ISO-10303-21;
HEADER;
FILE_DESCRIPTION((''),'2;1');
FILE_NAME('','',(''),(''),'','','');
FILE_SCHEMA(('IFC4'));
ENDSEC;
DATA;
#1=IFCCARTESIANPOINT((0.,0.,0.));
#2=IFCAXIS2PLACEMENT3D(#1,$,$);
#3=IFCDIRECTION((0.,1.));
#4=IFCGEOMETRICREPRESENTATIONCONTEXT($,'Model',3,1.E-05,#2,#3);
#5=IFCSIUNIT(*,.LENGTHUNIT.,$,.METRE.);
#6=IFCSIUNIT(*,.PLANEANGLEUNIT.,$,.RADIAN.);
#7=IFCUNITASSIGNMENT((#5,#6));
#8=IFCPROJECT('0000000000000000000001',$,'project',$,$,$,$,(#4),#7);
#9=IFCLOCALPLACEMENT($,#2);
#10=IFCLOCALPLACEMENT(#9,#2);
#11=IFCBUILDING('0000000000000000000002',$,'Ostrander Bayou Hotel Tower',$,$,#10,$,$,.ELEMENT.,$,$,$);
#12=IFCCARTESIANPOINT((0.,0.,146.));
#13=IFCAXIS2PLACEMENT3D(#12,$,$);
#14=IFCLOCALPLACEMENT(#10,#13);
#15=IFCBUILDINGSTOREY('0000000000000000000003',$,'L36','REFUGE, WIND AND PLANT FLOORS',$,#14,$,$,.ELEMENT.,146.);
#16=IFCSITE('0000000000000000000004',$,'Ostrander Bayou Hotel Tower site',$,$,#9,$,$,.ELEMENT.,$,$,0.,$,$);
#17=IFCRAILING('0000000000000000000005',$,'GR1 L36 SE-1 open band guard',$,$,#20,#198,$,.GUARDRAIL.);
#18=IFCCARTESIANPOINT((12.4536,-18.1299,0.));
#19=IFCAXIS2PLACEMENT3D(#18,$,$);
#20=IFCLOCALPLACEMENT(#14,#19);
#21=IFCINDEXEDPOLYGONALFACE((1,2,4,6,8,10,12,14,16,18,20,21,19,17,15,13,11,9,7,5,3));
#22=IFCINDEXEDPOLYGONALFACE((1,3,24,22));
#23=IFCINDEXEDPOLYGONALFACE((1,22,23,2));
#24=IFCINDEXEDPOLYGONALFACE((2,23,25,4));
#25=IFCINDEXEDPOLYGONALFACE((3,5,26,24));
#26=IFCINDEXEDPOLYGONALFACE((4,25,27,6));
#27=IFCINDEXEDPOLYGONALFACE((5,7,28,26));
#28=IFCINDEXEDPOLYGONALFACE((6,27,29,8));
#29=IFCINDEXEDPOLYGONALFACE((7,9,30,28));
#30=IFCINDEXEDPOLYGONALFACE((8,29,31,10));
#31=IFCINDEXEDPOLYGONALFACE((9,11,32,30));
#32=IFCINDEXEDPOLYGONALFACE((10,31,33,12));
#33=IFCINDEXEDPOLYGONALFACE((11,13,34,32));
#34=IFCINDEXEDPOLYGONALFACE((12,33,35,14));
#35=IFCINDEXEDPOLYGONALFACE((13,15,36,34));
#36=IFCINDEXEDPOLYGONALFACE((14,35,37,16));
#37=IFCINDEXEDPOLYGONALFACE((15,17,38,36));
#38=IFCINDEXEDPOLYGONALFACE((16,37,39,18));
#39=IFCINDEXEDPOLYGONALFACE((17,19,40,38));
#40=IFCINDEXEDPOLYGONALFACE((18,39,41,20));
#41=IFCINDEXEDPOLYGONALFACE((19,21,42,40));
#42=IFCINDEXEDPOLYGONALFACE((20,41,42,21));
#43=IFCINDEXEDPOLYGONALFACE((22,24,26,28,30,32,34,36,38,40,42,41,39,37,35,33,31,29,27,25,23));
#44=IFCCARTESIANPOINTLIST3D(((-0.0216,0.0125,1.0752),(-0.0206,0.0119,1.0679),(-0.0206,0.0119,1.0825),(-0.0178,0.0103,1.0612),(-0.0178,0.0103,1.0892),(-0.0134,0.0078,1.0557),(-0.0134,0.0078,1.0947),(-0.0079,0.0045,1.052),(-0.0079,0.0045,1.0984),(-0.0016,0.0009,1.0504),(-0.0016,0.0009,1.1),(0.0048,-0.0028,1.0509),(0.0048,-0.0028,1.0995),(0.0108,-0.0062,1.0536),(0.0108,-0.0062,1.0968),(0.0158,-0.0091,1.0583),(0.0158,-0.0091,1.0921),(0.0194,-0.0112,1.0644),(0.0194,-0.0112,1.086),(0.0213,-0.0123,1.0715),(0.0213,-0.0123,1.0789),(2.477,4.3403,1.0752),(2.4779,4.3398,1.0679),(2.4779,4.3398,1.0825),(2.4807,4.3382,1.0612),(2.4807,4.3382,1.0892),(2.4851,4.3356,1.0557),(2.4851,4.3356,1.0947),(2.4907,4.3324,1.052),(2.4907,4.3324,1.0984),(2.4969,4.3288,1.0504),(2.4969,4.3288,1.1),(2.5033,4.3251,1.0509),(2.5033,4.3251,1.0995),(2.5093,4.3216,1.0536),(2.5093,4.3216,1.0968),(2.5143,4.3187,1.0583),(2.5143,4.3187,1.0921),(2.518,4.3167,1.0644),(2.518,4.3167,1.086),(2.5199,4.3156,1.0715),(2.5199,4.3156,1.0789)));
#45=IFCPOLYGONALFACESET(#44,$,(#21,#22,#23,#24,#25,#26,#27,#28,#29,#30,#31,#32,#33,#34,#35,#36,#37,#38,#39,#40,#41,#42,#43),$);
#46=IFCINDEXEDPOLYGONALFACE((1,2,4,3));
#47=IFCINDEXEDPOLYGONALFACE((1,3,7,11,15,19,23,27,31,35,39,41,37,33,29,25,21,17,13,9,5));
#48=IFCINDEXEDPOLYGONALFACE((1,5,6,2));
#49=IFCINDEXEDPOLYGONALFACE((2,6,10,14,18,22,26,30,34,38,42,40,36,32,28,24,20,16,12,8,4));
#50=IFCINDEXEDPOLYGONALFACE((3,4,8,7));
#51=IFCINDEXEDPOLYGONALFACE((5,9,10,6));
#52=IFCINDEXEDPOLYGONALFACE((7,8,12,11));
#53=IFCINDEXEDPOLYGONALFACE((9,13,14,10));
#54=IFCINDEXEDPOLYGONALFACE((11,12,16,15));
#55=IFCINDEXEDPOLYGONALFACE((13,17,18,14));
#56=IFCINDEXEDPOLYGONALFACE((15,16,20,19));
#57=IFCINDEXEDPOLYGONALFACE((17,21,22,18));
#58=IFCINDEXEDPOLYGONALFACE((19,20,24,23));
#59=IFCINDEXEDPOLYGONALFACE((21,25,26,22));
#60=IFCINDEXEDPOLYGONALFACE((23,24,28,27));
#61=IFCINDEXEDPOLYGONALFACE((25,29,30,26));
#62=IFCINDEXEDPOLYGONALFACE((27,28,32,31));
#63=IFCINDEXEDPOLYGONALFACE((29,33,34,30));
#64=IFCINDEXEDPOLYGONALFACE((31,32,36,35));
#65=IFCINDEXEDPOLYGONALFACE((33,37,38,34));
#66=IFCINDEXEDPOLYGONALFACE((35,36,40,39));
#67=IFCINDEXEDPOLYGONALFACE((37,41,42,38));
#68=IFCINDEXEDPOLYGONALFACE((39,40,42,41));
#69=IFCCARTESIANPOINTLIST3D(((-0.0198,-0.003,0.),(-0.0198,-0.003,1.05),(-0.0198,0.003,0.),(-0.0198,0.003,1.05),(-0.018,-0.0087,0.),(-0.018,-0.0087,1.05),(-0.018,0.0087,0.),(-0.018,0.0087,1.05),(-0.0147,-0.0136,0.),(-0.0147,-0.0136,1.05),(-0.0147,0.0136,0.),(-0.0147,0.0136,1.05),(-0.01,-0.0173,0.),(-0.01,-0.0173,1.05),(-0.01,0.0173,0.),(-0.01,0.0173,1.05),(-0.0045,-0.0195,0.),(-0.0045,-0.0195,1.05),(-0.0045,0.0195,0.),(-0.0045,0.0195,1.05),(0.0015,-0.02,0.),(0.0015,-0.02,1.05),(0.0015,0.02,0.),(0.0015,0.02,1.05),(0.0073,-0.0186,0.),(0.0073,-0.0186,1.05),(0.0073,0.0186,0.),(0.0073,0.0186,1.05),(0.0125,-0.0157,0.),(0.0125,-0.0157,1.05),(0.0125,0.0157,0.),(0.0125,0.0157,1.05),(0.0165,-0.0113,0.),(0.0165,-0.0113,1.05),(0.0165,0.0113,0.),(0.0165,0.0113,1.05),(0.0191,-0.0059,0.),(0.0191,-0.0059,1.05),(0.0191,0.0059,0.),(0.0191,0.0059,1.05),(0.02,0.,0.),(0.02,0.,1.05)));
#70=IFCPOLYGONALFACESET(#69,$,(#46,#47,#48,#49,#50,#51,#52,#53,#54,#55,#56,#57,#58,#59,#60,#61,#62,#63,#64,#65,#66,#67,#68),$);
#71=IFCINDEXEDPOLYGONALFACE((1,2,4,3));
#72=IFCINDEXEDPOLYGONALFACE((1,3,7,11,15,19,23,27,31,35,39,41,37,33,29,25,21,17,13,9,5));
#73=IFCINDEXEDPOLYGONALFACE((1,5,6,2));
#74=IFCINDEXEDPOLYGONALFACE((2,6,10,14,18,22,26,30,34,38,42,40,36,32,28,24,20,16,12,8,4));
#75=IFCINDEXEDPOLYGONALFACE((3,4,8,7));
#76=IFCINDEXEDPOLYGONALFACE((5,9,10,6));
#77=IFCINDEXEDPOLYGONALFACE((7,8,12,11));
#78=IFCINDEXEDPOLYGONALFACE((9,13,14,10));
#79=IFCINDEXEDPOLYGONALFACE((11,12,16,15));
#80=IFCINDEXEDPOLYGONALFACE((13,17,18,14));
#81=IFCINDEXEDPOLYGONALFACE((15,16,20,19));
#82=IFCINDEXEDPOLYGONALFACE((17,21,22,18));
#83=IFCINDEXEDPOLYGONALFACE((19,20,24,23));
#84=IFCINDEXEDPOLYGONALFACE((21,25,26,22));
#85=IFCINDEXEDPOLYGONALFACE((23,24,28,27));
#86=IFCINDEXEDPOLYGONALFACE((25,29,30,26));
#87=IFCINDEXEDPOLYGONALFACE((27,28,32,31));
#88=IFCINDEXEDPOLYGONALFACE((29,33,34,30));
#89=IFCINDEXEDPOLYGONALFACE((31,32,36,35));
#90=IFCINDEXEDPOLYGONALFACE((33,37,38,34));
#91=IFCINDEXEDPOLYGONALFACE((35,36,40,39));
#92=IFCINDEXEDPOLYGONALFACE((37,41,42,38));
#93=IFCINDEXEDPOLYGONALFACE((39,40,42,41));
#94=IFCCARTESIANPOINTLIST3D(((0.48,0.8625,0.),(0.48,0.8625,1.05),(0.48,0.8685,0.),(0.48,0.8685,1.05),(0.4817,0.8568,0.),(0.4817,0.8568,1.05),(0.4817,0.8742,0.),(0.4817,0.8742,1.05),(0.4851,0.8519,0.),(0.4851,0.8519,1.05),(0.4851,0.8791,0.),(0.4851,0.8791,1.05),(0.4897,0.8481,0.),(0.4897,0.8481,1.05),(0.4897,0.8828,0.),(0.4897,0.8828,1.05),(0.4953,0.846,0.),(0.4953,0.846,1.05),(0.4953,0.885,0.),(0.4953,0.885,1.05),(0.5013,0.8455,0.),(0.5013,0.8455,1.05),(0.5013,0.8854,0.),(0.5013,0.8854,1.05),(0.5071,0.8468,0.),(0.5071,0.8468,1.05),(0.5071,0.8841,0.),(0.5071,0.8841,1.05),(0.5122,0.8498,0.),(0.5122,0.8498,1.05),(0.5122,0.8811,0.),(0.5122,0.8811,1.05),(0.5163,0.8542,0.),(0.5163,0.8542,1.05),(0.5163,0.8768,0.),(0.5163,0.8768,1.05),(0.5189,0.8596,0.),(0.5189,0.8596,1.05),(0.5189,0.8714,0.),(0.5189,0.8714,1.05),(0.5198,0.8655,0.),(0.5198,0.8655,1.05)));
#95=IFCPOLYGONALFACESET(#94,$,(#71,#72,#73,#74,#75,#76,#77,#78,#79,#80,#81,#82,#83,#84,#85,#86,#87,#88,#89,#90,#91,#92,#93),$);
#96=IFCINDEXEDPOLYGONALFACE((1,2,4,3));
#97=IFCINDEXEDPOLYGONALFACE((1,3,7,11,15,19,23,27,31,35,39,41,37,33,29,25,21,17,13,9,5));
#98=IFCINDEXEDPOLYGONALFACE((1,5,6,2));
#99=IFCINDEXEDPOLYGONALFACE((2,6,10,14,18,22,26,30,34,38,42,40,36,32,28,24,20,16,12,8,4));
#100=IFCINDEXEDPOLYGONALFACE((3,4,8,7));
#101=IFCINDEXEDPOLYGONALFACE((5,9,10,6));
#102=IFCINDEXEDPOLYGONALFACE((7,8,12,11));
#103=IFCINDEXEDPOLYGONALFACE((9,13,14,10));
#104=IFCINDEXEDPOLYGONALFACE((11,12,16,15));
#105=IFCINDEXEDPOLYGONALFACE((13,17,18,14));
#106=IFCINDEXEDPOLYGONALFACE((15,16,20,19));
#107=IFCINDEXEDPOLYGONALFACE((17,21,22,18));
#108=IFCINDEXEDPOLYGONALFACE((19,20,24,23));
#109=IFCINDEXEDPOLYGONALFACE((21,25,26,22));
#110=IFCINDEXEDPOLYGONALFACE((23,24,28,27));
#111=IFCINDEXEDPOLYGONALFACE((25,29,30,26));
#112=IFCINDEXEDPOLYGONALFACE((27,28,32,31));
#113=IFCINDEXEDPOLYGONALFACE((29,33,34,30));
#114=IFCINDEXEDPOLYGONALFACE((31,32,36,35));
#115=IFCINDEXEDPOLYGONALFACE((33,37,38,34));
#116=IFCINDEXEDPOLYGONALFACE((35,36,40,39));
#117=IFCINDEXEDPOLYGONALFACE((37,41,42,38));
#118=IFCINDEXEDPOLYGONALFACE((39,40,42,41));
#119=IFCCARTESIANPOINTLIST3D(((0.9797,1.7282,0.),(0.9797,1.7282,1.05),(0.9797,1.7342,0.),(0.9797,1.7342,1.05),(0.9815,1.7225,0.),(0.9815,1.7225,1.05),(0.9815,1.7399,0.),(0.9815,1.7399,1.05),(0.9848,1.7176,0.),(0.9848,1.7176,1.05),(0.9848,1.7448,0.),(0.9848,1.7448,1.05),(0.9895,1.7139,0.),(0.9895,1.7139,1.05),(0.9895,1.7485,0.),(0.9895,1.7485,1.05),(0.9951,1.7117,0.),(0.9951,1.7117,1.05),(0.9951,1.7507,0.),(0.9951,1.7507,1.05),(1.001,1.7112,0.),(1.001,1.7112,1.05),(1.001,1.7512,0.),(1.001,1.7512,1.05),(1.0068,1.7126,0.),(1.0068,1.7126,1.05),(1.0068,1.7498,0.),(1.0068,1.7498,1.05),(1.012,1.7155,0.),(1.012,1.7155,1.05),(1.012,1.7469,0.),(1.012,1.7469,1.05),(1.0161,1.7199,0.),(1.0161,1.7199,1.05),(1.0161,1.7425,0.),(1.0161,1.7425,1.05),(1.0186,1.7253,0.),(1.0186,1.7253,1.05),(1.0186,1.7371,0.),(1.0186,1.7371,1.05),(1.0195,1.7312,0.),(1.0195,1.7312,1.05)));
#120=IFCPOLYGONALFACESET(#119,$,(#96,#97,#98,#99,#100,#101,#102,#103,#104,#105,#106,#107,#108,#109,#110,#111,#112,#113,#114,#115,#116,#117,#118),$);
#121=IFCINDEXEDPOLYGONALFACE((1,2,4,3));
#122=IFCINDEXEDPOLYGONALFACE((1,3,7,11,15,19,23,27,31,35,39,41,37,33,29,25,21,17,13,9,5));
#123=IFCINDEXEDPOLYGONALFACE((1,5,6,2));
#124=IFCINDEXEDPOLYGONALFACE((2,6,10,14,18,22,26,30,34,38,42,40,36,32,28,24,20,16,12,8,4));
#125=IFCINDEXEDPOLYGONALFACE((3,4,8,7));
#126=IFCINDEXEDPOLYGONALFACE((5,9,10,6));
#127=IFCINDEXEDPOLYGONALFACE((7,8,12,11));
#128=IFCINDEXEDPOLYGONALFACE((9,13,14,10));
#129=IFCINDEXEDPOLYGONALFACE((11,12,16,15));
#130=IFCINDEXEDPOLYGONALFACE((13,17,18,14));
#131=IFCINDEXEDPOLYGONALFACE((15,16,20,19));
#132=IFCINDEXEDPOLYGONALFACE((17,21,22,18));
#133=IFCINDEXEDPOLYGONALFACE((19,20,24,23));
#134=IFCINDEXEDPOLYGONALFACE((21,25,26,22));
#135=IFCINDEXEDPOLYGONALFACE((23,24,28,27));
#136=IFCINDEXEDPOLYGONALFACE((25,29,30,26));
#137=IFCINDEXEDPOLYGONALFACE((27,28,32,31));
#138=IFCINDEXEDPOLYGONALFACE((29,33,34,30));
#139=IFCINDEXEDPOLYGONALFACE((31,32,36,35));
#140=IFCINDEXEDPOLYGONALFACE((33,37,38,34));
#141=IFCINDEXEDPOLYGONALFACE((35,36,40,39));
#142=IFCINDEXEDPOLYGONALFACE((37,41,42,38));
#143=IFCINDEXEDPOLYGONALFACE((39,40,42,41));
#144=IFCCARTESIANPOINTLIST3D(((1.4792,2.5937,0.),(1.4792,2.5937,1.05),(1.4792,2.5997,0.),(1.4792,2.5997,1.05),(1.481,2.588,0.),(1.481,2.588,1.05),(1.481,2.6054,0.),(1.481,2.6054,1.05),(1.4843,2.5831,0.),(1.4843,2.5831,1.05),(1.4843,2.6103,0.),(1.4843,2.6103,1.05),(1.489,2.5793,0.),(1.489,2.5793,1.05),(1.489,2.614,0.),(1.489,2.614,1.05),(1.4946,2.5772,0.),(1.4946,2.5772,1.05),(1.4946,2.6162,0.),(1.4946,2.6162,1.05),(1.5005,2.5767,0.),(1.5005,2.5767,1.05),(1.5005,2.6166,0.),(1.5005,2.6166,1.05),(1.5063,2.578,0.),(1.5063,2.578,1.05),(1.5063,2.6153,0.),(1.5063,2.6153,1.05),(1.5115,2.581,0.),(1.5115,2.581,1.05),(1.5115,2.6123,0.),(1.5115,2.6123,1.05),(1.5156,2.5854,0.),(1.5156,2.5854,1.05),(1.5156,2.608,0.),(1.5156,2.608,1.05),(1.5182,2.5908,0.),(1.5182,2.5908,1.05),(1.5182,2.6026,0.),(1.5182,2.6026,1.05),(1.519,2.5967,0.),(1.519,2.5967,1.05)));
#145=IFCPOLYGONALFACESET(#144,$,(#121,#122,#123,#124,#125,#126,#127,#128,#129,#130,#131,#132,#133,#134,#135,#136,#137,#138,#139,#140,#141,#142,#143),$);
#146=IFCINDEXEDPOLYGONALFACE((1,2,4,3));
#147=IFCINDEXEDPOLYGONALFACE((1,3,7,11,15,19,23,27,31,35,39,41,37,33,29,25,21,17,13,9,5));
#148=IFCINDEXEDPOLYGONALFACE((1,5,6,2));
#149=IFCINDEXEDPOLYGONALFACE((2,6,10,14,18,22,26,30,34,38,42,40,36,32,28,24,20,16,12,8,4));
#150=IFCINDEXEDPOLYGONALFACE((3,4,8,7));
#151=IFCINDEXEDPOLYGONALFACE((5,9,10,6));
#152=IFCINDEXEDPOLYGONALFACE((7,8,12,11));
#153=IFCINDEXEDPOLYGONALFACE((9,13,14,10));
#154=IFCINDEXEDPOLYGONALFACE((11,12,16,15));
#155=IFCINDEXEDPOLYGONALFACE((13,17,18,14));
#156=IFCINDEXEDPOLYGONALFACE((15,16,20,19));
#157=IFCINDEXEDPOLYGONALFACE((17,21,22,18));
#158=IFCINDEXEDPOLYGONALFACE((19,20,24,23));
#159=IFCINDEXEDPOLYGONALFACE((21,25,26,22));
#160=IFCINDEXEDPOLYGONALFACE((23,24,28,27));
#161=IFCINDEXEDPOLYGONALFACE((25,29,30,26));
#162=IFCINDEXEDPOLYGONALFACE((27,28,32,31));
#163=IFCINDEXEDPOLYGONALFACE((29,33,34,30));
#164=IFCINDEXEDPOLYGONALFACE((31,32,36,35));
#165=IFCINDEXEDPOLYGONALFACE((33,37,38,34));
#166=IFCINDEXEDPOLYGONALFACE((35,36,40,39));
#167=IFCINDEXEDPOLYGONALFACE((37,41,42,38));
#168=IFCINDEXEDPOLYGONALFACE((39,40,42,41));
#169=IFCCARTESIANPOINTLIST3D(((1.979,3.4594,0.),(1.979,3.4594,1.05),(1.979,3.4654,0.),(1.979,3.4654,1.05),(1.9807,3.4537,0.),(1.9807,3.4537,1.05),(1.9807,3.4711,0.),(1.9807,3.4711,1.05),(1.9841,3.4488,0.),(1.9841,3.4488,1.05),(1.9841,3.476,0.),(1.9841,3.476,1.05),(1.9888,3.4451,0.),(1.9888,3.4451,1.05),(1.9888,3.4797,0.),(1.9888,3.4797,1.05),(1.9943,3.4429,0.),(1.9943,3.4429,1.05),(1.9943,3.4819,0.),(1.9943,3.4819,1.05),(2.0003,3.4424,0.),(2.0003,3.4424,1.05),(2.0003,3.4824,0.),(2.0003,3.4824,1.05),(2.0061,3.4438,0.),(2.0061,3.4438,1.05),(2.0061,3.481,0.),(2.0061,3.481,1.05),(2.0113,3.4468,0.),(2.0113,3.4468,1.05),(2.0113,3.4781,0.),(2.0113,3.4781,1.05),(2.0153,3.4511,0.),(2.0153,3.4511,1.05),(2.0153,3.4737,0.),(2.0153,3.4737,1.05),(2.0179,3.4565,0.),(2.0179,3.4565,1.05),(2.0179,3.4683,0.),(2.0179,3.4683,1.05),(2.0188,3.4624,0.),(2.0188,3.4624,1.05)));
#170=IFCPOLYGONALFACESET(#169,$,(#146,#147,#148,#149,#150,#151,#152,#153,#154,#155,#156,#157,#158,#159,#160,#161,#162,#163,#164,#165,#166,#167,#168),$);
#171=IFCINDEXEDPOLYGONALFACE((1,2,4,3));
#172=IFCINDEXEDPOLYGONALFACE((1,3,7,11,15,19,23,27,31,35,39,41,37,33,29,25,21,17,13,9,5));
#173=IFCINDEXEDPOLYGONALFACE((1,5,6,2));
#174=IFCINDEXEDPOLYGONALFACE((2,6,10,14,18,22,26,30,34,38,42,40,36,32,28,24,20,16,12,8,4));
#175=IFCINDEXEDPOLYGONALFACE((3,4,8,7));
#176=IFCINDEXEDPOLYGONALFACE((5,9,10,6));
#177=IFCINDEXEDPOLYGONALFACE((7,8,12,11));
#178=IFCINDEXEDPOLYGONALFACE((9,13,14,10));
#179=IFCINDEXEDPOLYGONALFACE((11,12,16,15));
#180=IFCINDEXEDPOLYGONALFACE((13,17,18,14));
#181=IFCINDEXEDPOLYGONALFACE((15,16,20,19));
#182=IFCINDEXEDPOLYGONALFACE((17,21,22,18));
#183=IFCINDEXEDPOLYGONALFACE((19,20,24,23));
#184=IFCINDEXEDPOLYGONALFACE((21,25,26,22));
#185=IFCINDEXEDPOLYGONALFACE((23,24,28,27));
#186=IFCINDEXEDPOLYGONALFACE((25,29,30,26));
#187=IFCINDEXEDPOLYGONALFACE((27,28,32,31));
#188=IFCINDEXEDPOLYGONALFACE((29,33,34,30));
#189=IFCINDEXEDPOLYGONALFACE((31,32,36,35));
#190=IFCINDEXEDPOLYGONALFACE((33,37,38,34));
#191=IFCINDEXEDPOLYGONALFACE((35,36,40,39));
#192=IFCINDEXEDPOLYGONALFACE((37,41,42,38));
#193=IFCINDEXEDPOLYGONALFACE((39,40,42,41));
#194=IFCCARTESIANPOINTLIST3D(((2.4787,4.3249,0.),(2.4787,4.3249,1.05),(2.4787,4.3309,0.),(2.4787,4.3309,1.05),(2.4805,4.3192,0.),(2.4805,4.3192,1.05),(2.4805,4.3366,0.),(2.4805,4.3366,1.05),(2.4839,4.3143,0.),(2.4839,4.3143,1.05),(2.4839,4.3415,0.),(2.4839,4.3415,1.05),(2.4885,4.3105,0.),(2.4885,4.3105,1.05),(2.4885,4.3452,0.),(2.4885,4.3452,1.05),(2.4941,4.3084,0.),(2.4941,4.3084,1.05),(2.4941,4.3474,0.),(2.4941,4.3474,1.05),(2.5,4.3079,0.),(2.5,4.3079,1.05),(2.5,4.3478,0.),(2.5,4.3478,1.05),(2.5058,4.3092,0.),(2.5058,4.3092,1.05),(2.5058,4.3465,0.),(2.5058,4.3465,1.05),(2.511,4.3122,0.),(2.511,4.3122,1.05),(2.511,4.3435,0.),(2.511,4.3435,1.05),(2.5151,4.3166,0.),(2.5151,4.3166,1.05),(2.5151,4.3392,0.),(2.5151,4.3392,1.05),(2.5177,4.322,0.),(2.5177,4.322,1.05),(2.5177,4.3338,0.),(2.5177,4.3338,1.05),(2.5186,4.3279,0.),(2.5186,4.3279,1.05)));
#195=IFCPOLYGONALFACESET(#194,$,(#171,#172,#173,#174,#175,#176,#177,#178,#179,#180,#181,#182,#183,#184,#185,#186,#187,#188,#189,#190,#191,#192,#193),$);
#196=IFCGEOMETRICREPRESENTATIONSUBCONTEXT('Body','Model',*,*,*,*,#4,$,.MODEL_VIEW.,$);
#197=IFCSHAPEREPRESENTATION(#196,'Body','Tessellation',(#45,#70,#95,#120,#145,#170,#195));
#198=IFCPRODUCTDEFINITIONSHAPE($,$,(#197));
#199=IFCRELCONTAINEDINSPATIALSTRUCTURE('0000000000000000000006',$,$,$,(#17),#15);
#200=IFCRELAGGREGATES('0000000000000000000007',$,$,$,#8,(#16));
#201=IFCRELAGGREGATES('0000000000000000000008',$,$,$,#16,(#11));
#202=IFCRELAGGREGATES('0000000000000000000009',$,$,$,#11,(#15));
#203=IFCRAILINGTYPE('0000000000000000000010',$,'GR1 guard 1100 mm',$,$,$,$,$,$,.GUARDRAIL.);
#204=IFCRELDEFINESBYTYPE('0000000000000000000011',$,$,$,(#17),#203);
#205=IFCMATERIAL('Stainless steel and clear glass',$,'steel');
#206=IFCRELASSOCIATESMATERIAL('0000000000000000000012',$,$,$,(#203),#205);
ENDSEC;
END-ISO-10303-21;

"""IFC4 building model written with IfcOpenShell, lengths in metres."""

from ifc_helpers import new_model, si_unit, direction, frame, origin, origin_2d, place, context, subcontext, project, spatial, circle, extrude, material, type_object, element, save


model = new_model("IFC4")

# Units and contexts
model_context = context("Model", 3, precision=1e-05, world=origin(), true_north=direction((0.0, 1.0)))
body_context = subcontext(model_context, "Body", "Model", "MODEL_VIEW")
ifc_project = project(units=[si_unit("LENGTHUNIT", "METRE"), si_unit("PLANEANGLEUNIT", "RADIAN")], contexts=[model_context])

# Site, building, storey
site_placement = place(None, origin())
site = spatial("IfcSite", under=ifc_project, at=site_placement, Name="Ostrander Bayou Hotel Tower site", CompositionType="ELEMENT", RefElevation=0.0)
building_placement = place(site_placement, origin())
building = spatial("IfcBuilding", under=site, at=building_placement, Name="Ostrander Bayou Hotel Tower", CompositionType="ELEMENT")
storey_placement = place(building_placement, frame((0.0, 0.0, 146.0)))
storey = spatial("IfcBuildingStorey", under=building, at=storey_placement, Name="L36", Description="REFUGE, WIND AND PLANT FLOORS", CompositionType="ELEMENT", Elevation=146.0)

# Railing
ifc_material_1 = material(Name="Stainless steel and clear glass", Category="steel")
railing_type = type_object("IfcRailingType", Name="GR1 guard 1100 mm", PredefinedType="GUARDRAIL", material=ifc_material_1)
railing_1_placement = place(storey_placement, frame((12.4536, -18.1299, 0.0)))
element("IfcRailing", 1, at=railing_1_placement, inside=storey, type_object=railing_type, Name="GR1 L36 SE-1 open band guard", PredefinedType="GUARDRAIL", context=body_context, shape_type="SweptSolid", body=[
    extrude(circle(Radius=0.0249, at=origin_2d()), frame((0.0, 0.0, 1.0752), z_axis=(0.499975, 0.86604, 0.0), x_axis=(-0.86604, 0.499975, 0.0)), (0.0, 0.0, 1.0), 4.9973),
    extrude(circle(Radius=0.02, at=origin_2d()), origin(), (0.0, 0.0, 1.0), 1.05),
    extrude(circle(Radius=0.02, at=origin_2d()), frame((0.4998, 0.8655, 0.0)), (0.0, 0.0, 1.0), 1.05),
    extrude(circle(Radius=0.02, at=origin_2d()), frame((0.9995, 1.7312, 0.0)), (0.0, 0.0, 1.0), 1.05),
    extrude(circle(Radius=0.02, at=origin_2d()), frame((1.499, 2.5967, 0.0)), (0.0, 0.0, 1.0), 1.05),
    extrude(circle(Radius=0.02, at=origin_2d()), frame((1.9988, 3.4624, 0.0)), (0.0, 0.0, 1.0), 1.05),
    extrude(circle(Radius=0.02, at=origin_2d()), frame((2.4985, 4.3279, 0.0)), (0.0, 0.0, 1.0), 1.05),
])

save(model, "model.ifc")
